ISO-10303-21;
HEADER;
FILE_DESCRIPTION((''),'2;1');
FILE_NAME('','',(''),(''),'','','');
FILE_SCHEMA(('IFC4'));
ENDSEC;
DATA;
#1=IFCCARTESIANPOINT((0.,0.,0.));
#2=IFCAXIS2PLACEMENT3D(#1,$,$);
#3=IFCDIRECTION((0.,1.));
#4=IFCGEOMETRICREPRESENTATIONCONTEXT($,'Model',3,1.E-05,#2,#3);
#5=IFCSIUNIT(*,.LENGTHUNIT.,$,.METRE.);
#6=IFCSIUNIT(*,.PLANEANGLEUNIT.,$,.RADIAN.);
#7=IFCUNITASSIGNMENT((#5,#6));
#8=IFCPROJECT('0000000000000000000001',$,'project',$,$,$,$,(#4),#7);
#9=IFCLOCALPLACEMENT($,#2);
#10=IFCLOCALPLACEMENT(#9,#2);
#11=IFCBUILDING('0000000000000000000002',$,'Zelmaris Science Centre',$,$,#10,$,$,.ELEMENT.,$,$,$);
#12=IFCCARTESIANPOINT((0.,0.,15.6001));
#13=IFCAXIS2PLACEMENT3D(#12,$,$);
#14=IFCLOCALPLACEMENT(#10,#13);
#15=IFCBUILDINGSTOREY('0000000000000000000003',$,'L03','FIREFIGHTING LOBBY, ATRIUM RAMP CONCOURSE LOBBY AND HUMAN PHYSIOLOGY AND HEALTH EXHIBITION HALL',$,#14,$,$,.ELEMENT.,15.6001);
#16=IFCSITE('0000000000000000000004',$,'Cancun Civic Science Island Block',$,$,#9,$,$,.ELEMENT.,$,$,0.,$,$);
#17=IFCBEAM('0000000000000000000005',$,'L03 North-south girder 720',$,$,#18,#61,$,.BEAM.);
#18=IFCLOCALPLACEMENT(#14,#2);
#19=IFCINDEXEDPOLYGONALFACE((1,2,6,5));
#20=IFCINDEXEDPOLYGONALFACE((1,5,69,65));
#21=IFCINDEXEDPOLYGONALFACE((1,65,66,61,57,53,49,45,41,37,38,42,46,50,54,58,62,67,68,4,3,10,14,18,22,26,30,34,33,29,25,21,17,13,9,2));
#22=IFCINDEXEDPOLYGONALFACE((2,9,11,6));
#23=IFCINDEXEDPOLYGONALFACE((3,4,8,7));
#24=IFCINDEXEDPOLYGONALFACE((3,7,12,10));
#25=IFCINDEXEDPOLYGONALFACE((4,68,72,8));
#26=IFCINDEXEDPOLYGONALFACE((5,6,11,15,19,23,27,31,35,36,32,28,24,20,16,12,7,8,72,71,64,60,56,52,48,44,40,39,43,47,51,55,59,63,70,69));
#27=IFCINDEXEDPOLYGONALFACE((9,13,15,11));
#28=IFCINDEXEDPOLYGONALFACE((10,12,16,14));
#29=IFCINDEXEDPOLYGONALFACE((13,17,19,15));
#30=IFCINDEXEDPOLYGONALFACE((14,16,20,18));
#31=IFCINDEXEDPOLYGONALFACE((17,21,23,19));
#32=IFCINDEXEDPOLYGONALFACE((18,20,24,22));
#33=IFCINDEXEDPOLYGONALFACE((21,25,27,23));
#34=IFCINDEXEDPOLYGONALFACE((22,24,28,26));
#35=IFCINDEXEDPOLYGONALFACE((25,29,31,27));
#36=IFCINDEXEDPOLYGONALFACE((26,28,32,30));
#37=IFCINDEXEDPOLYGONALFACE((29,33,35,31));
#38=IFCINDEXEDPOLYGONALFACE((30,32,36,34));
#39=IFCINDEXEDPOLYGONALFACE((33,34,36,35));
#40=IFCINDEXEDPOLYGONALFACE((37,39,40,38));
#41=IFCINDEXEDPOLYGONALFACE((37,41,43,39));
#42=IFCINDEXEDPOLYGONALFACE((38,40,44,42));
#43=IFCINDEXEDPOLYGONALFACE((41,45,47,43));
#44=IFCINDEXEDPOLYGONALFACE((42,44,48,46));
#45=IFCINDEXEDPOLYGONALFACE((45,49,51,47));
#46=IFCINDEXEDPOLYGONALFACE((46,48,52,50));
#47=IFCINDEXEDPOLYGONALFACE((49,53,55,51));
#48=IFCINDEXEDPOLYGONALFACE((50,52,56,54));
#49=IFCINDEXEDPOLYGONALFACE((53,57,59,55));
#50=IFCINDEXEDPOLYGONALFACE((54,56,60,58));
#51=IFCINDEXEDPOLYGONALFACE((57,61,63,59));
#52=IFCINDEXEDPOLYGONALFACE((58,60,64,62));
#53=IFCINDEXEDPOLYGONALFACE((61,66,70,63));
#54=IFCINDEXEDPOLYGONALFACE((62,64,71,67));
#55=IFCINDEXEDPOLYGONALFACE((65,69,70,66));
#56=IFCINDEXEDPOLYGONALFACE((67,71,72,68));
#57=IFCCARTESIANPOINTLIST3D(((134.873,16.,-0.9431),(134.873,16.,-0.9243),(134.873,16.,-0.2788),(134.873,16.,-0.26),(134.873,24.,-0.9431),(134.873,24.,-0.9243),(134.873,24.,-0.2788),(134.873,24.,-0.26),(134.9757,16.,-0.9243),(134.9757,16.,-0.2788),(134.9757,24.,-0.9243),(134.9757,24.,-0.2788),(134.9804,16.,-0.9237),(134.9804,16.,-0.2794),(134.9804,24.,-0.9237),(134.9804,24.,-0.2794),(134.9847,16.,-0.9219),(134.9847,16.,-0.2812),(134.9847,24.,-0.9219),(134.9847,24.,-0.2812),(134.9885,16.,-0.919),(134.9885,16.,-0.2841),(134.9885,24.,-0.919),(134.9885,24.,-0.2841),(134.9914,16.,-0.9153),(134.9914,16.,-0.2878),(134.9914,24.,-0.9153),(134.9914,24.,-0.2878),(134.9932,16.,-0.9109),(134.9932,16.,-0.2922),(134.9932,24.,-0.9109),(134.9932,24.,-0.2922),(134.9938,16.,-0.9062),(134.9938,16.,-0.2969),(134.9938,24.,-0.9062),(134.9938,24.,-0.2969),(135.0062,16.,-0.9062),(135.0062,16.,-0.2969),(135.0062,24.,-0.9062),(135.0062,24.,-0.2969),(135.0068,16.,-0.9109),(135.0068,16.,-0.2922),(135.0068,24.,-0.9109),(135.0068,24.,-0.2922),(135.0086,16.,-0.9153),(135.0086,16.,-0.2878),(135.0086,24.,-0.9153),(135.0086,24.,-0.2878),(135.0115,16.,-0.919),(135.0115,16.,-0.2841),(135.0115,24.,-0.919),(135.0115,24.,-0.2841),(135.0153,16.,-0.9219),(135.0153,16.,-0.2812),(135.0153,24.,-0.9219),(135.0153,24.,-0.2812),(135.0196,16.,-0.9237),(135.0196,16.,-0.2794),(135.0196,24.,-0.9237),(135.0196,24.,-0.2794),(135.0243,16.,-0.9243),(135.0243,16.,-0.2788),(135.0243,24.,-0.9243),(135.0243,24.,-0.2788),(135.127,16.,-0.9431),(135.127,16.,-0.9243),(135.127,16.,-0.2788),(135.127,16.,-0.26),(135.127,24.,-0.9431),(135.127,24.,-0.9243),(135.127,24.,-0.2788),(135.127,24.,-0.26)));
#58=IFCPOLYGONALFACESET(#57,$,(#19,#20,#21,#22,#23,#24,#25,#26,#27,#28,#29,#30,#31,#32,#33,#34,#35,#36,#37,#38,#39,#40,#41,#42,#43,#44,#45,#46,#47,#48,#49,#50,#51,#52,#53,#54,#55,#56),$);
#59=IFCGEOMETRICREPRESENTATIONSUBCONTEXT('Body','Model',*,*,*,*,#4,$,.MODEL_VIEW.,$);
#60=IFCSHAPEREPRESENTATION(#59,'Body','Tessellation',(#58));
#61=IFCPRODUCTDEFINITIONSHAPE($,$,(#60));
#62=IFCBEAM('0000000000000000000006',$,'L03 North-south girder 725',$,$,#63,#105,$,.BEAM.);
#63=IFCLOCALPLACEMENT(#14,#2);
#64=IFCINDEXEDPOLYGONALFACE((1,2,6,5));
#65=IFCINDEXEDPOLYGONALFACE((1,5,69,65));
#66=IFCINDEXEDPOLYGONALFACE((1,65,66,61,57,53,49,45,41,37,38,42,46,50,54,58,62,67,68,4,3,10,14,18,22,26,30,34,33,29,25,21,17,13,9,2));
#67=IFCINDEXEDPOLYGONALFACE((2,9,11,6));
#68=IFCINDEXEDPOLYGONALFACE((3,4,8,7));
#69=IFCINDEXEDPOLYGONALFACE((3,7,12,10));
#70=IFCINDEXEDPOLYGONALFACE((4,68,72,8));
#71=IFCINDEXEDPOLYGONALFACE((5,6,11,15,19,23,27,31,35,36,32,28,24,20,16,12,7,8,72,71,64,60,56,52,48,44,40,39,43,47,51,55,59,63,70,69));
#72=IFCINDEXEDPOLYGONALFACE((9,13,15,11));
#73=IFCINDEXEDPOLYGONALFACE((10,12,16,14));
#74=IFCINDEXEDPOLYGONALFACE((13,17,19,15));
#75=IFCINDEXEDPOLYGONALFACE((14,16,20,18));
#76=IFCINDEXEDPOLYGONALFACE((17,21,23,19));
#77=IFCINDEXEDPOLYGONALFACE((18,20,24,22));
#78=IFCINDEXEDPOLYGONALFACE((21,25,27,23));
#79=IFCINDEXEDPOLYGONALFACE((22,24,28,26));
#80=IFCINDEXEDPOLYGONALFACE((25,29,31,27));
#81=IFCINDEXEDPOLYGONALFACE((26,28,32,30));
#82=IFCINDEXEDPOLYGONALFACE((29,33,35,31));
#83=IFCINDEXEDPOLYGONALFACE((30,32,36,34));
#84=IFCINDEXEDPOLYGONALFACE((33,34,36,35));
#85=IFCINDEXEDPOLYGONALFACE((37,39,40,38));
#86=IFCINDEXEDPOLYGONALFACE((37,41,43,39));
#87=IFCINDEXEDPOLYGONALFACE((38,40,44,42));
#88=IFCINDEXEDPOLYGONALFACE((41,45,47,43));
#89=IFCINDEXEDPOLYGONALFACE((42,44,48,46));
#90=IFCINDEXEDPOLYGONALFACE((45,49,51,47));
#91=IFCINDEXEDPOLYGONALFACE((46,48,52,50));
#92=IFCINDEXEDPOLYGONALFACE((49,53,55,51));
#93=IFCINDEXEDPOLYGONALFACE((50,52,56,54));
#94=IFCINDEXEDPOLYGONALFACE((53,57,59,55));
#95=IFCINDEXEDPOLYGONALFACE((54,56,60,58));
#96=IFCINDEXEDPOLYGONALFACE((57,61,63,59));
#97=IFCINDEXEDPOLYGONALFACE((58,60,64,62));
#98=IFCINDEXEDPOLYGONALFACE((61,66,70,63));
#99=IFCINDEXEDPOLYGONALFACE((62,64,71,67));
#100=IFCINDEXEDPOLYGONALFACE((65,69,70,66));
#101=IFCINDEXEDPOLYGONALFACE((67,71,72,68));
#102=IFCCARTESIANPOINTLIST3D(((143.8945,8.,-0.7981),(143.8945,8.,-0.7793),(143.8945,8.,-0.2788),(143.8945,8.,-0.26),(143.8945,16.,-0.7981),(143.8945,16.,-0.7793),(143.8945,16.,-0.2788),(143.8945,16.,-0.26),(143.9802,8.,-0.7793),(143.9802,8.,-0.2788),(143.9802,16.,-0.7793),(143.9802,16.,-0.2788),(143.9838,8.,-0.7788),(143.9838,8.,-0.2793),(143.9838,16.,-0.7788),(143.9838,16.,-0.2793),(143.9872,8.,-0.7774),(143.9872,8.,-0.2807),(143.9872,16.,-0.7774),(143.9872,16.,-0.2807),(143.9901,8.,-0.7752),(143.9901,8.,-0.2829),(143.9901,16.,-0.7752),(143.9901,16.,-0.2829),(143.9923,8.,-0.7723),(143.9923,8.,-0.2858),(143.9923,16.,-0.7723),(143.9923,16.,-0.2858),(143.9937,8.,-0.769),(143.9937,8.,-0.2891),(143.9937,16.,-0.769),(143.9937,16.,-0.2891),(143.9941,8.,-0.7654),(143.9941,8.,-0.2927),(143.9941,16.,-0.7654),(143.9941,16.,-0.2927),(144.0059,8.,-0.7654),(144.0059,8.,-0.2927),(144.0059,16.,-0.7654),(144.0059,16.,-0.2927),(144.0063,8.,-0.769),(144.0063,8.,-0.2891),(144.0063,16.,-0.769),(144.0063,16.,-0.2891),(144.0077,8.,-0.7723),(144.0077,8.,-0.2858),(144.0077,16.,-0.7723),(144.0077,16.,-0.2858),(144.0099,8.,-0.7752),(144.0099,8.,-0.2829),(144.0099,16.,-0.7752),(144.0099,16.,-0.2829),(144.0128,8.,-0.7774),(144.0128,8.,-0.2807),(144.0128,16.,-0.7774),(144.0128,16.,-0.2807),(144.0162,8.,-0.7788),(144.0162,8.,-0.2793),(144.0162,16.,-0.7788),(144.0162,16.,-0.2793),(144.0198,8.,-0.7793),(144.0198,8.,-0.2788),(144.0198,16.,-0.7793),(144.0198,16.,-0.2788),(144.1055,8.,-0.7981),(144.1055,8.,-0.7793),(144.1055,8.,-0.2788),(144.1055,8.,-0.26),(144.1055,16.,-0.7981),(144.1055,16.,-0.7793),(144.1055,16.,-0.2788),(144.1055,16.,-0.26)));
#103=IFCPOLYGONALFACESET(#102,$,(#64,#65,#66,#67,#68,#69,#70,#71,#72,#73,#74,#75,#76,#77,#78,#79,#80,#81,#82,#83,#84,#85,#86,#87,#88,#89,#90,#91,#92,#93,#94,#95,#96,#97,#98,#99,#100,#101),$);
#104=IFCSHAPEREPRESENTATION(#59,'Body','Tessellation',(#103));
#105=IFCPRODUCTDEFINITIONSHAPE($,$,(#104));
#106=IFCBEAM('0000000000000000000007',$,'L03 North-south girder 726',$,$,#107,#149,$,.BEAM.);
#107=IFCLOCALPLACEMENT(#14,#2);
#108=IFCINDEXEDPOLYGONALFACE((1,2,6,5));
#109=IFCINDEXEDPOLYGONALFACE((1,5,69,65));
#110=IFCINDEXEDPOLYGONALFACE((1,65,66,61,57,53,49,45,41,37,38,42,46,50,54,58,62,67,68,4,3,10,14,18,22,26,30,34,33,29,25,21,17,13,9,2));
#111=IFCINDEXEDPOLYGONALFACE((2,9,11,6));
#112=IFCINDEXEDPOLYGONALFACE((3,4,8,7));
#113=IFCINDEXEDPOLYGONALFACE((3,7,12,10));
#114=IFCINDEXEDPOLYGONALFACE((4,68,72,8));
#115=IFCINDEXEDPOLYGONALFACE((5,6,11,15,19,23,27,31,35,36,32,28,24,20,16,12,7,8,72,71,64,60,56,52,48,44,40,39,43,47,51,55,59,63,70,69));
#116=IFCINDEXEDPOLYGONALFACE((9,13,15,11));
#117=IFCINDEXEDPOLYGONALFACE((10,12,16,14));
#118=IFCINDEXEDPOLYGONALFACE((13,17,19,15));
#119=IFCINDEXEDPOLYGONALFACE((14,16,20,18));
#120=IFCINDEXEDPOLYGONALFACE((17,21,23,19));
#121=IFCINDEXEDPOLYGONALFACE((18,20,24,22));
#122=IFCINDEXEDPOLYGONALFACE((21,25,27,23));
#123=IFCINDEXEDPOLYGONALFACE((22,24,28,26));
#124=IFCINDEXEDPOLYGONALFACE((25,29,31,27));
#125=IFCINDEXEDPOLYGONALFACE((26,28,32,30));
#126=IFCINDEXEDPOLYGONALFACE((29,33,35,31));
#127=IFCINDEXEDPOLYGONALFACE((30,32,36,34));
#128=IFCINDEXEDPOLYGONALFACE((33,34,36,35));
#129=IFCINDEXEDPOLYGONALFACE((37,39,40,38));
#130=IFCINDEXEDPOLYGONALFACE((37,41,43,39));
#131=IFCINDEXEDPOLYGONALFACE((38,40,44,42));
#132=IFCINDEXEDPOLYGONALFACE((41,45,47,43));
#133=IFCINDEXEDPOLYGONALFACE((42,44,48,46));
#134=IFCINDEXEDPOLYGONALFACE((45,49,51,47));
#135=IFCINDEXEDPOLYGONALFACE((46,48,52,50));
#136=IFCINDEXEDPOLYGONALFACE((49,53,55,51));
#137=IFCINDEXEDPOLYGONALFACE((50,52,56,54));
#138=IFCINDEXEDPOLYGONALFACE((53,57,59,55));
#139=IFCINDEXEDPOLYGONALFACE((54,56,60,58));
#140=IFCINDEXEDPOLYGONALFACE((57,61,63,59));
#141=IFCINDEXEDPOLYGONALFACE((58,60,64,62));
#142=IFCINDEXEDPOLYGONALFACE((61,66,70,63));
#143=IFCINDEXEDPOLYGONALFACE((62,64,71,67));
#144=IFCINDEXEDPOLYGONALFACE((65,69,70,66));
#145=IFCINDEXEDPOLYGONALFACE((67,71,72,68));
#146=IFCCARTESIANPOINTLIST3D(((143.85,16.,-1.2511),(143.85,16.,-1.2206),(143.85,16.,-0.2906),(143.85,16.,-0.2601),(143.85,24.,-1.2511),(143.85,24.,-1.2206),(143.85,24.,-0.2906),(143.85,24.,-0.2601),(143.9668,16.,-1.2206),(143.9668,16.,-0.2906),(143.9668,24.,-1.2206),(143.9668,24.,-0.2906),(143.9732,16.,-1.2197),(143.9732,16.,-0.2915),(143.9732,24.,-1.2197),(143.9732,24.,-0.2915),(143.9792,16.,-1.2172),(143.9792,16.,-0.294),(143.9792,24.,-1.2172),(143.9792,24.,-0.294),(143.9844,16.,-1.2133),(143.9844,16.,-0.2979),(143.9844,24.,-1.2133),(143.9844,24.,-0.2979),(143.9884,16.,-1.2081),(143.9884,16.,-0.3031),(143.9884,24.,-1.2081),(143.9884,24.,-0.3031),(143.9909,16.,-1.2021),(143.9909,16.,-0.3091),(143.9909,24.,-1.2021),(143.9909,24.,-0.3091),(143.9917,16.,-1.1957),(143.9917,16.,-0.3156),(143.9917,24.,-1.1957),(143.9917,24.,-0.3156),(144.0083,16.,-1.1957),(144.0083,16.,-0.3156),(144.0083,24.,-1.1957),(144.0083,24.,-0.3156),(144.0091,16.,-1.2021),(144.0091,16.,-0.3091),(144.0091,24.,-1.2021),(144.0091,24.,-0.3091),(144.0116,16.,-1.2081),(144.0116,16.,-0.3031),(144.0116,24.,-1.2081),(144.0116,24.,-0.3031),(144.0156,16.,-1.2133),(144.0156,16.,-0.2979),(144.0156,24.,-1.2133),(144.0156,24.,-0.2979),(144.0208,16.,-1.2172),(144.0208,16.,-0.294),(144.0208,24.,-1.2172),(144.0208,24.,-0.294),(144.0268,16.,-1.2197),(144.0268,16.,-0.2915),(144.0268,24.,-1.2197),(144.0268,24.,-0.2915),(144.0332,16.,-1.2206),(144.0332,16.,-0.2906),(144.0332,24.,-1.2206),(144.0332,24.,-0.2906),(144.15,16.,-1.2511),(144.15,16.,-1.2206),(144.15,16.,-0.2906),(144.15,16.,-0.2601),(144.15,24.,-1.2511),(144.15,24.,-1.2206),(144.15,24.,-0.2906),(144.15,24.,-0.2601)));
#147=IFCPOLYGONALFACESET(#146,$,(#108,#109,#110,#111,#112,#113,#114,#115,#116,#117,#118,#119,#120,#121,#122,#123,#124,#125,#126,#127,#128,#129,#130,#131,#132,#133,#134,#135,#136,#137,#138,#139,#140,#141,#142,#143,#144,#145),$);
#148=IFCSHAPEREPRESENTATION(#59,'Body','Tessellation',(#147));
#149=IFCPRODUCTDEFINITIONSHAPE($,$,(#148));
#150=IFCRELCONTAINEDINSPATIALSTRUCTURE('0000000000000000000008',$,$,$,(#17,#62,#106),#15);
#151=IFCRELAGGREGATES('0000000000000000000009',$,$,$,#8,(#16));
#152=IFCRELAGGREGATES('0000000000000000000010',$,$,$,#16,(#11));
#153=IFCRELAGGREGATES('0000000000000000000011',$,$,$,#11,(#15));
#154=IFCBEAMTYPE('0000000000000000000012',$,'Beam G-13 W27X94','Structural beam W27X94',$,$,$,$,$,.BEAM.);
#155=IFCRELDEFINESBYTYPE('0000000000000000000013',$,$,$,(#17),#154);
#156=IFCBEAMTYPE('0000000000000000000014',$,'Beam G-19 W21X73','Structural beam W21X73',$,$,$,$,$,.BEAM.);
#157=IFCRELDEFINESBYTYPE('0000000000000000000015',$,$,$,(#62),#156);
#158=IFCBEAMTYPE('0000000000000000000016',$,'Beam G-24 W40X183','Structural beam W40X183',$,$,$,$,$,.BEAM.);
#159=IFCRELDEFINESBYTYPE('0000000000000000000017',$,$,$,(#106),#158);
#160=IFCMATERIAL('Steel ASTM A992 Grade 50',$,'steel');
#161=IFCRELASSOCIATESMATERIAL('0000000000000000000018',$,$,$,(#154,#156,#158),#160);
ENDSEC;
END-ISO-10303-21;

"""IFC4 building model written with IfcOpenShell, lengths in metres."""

from ifc_helpers import new_model, si_unit, direction, frame, origin, origin_2d, place, context, subcontext, project, spatial, i_section, extrude, material, material_profile, profile_set, type_object, element, save


model = new_model("IFC4")

# Units and contexts
model_context = context("Model", 3, precision=1e-05, world=origin(), true_north=direction((0.0, 1.0)))
body_context = subcontext(model_context, "Body", "Model", "MODEL_VIEW")
ifc_project = project(units=[si_unit("LENGTHUNIT", "METRE"), si_unit("PLANEANGLEUNIT", "RADIAN")], contexts=[model_context])

# Site, building, storey
site_placement = place(None, origin())
site = spatial("IfcSite", under=ifc_project, at=site_placement, Name="Cancun Civic Science Island Block", CompositionType="ELEMENT", RefElevation=0.0)
building_placement = place(site_placement, origin())
building = spatial("IfcBuilding", under=site, at=building_placement, Name="Zelmaris Science Centre", CompositionType="ELEMENT")
storey_placement = place(building_placement, frame((0.0, 0.0, 15.6001)))
storey = spatial("IfcBuildingStorey", under=building, at=storey_placement, Name="L03", Description="FIREFIGHTING LOBBY, ATRIUM RAMP CONCOURSE LOBBY AND HUMAN PHYSIOLOGY AND HEALTH EXHIBITION HALL", CompositionType="ELEMENT", Elevation=15.6001)

# Shared definitions
ifc_material_1 = material(Name="Steel ASTM A992 Grade 50", Category="steel")

# Beams
ifc_material_profile_1 = material_profile(ifc_material_1, i_section(OverallWidth=0.2539, OverallDepth=0.6831, WebThickness=0.0125, FlangeThickness=0.0188, FilletRadius=0.0181, at=origin_2d()), Name="W27X94")
ifc_profile_set_1 = profile_set([ifc_material_profile_1], Name="Steel ASTM A992 Grade 50")
beam_type_1 = type_object("IfcBeamType", Name="Beam G-13 W27X94", Description="Structural beam W27X94", PredefinedType="BEAM", material=ifc_profile_set_1)
beam_1_placement = place(storey_placement, frame((135.0, 16.0, -0.6016), z_axis=(0.0, 1.0, 0.0), x_axis=(-1.0, 0.0, 0.0)))
element("IfcBeam", 1, at=beam_1_placement, inside=storey, type_object=beam_type_1, Name="L03 North-south girder 720", PredefinedType="BEAM", context=body_context, shape_type="SweptSolid", body=[
    extrude(i_section(OverallWidth=0.2539, OverallDepth=0.6831, WebThickness=0.0125, FlangeThickness=0.0188, FilletRadius=0.0181, at=origin_2d()), origin(), (0.0, 0.0, 1.0), 8.0),
])
ifc_material_profile_2 = material_profile(ifc_material_1, i_section(OverallWidth=0.2109, OverallDepth=0.5381, WebThickness=0.0117, FlangeThickness=0.0188, FilletRadius=0.0139, at=origin_2d()), Name="W21X73")
ifc_profile_set_2 = profile_set([ifc_material_profile_2], Name="Steel ASTM A992 Grade 50")
beam_type_2 = type_object("IfcBeamType", Name="Beam G-19 W21X73", Description="Structural beam W21X73", PredefinedType="BEAM", material=ifc_profile_set_2)
beam_2_placement = place(storey_placement, frame((144.0, 8.0, -0.5291), z_axis=(0.0, 1.0, 0.0), x_axis=(-1.0, 0.0, 0.0)))
element("IfcBeam", 2, at=beam_2_placement, inside=storey, type_object=beam_type_2, Name="L03 North-south girder 725", PredefinedType="BEAM", context=body_context, shape_type="SweptSolid", body=[
    extrude(i_section(OverallWidth=0.2109, OverallDepth=0.5381, WebThickness=0.0117, FlangeThickness=0.0188, FilletRadius=0.0139, at=origin_2d()), origin(), (0.0, 0.0, 1.0), 8.0),
])
ifc_material_profile_3 = material_profile(ifc_material_1, i_section(OverallWidth=0.3, OverallDepth=0.991, WebThickness=0.0166, FlangeThickness=0.0305, FilletRadius=0.0249, at=origin_2d()), Name="W40X183")
ifc_profile_set_3 = profile_set([ifc_material_profile_3], Name="Steel ASTM A992 Grade 50")
beam_type_3 = type_object("IfcBeamType", Name="Beam G-24 W40X183", Description="Structural beam W40X183", PredefinedType="BEAM", material=ifc_profile_set_3)
beam_3_placement = place(storey_placement, frame((144.0, 16.0, -0.7556), z_axis=(0.0, 1.0, 0.0), x_axis=(-1.0, 0.0, 0.0)))
element("IfcBeam", 3, at=beam_3_placement, inside=storey, type_object=beam_type_3, Name="L03 North-south girder 726", PredefinedType="BEAM", context=body_context, shape_type="SweptSolid", body=[
    extrude(i_section(OverallWidth=0.3, OverallDepth=0.991, WebThickness=0.0166, FlangeThickness=0.0305, FilletRadius=0.0249, at=origin_2d()), origin(), (0.0, 0.0, 1.0), 8.0),
])

save(model, "model.ifc")
